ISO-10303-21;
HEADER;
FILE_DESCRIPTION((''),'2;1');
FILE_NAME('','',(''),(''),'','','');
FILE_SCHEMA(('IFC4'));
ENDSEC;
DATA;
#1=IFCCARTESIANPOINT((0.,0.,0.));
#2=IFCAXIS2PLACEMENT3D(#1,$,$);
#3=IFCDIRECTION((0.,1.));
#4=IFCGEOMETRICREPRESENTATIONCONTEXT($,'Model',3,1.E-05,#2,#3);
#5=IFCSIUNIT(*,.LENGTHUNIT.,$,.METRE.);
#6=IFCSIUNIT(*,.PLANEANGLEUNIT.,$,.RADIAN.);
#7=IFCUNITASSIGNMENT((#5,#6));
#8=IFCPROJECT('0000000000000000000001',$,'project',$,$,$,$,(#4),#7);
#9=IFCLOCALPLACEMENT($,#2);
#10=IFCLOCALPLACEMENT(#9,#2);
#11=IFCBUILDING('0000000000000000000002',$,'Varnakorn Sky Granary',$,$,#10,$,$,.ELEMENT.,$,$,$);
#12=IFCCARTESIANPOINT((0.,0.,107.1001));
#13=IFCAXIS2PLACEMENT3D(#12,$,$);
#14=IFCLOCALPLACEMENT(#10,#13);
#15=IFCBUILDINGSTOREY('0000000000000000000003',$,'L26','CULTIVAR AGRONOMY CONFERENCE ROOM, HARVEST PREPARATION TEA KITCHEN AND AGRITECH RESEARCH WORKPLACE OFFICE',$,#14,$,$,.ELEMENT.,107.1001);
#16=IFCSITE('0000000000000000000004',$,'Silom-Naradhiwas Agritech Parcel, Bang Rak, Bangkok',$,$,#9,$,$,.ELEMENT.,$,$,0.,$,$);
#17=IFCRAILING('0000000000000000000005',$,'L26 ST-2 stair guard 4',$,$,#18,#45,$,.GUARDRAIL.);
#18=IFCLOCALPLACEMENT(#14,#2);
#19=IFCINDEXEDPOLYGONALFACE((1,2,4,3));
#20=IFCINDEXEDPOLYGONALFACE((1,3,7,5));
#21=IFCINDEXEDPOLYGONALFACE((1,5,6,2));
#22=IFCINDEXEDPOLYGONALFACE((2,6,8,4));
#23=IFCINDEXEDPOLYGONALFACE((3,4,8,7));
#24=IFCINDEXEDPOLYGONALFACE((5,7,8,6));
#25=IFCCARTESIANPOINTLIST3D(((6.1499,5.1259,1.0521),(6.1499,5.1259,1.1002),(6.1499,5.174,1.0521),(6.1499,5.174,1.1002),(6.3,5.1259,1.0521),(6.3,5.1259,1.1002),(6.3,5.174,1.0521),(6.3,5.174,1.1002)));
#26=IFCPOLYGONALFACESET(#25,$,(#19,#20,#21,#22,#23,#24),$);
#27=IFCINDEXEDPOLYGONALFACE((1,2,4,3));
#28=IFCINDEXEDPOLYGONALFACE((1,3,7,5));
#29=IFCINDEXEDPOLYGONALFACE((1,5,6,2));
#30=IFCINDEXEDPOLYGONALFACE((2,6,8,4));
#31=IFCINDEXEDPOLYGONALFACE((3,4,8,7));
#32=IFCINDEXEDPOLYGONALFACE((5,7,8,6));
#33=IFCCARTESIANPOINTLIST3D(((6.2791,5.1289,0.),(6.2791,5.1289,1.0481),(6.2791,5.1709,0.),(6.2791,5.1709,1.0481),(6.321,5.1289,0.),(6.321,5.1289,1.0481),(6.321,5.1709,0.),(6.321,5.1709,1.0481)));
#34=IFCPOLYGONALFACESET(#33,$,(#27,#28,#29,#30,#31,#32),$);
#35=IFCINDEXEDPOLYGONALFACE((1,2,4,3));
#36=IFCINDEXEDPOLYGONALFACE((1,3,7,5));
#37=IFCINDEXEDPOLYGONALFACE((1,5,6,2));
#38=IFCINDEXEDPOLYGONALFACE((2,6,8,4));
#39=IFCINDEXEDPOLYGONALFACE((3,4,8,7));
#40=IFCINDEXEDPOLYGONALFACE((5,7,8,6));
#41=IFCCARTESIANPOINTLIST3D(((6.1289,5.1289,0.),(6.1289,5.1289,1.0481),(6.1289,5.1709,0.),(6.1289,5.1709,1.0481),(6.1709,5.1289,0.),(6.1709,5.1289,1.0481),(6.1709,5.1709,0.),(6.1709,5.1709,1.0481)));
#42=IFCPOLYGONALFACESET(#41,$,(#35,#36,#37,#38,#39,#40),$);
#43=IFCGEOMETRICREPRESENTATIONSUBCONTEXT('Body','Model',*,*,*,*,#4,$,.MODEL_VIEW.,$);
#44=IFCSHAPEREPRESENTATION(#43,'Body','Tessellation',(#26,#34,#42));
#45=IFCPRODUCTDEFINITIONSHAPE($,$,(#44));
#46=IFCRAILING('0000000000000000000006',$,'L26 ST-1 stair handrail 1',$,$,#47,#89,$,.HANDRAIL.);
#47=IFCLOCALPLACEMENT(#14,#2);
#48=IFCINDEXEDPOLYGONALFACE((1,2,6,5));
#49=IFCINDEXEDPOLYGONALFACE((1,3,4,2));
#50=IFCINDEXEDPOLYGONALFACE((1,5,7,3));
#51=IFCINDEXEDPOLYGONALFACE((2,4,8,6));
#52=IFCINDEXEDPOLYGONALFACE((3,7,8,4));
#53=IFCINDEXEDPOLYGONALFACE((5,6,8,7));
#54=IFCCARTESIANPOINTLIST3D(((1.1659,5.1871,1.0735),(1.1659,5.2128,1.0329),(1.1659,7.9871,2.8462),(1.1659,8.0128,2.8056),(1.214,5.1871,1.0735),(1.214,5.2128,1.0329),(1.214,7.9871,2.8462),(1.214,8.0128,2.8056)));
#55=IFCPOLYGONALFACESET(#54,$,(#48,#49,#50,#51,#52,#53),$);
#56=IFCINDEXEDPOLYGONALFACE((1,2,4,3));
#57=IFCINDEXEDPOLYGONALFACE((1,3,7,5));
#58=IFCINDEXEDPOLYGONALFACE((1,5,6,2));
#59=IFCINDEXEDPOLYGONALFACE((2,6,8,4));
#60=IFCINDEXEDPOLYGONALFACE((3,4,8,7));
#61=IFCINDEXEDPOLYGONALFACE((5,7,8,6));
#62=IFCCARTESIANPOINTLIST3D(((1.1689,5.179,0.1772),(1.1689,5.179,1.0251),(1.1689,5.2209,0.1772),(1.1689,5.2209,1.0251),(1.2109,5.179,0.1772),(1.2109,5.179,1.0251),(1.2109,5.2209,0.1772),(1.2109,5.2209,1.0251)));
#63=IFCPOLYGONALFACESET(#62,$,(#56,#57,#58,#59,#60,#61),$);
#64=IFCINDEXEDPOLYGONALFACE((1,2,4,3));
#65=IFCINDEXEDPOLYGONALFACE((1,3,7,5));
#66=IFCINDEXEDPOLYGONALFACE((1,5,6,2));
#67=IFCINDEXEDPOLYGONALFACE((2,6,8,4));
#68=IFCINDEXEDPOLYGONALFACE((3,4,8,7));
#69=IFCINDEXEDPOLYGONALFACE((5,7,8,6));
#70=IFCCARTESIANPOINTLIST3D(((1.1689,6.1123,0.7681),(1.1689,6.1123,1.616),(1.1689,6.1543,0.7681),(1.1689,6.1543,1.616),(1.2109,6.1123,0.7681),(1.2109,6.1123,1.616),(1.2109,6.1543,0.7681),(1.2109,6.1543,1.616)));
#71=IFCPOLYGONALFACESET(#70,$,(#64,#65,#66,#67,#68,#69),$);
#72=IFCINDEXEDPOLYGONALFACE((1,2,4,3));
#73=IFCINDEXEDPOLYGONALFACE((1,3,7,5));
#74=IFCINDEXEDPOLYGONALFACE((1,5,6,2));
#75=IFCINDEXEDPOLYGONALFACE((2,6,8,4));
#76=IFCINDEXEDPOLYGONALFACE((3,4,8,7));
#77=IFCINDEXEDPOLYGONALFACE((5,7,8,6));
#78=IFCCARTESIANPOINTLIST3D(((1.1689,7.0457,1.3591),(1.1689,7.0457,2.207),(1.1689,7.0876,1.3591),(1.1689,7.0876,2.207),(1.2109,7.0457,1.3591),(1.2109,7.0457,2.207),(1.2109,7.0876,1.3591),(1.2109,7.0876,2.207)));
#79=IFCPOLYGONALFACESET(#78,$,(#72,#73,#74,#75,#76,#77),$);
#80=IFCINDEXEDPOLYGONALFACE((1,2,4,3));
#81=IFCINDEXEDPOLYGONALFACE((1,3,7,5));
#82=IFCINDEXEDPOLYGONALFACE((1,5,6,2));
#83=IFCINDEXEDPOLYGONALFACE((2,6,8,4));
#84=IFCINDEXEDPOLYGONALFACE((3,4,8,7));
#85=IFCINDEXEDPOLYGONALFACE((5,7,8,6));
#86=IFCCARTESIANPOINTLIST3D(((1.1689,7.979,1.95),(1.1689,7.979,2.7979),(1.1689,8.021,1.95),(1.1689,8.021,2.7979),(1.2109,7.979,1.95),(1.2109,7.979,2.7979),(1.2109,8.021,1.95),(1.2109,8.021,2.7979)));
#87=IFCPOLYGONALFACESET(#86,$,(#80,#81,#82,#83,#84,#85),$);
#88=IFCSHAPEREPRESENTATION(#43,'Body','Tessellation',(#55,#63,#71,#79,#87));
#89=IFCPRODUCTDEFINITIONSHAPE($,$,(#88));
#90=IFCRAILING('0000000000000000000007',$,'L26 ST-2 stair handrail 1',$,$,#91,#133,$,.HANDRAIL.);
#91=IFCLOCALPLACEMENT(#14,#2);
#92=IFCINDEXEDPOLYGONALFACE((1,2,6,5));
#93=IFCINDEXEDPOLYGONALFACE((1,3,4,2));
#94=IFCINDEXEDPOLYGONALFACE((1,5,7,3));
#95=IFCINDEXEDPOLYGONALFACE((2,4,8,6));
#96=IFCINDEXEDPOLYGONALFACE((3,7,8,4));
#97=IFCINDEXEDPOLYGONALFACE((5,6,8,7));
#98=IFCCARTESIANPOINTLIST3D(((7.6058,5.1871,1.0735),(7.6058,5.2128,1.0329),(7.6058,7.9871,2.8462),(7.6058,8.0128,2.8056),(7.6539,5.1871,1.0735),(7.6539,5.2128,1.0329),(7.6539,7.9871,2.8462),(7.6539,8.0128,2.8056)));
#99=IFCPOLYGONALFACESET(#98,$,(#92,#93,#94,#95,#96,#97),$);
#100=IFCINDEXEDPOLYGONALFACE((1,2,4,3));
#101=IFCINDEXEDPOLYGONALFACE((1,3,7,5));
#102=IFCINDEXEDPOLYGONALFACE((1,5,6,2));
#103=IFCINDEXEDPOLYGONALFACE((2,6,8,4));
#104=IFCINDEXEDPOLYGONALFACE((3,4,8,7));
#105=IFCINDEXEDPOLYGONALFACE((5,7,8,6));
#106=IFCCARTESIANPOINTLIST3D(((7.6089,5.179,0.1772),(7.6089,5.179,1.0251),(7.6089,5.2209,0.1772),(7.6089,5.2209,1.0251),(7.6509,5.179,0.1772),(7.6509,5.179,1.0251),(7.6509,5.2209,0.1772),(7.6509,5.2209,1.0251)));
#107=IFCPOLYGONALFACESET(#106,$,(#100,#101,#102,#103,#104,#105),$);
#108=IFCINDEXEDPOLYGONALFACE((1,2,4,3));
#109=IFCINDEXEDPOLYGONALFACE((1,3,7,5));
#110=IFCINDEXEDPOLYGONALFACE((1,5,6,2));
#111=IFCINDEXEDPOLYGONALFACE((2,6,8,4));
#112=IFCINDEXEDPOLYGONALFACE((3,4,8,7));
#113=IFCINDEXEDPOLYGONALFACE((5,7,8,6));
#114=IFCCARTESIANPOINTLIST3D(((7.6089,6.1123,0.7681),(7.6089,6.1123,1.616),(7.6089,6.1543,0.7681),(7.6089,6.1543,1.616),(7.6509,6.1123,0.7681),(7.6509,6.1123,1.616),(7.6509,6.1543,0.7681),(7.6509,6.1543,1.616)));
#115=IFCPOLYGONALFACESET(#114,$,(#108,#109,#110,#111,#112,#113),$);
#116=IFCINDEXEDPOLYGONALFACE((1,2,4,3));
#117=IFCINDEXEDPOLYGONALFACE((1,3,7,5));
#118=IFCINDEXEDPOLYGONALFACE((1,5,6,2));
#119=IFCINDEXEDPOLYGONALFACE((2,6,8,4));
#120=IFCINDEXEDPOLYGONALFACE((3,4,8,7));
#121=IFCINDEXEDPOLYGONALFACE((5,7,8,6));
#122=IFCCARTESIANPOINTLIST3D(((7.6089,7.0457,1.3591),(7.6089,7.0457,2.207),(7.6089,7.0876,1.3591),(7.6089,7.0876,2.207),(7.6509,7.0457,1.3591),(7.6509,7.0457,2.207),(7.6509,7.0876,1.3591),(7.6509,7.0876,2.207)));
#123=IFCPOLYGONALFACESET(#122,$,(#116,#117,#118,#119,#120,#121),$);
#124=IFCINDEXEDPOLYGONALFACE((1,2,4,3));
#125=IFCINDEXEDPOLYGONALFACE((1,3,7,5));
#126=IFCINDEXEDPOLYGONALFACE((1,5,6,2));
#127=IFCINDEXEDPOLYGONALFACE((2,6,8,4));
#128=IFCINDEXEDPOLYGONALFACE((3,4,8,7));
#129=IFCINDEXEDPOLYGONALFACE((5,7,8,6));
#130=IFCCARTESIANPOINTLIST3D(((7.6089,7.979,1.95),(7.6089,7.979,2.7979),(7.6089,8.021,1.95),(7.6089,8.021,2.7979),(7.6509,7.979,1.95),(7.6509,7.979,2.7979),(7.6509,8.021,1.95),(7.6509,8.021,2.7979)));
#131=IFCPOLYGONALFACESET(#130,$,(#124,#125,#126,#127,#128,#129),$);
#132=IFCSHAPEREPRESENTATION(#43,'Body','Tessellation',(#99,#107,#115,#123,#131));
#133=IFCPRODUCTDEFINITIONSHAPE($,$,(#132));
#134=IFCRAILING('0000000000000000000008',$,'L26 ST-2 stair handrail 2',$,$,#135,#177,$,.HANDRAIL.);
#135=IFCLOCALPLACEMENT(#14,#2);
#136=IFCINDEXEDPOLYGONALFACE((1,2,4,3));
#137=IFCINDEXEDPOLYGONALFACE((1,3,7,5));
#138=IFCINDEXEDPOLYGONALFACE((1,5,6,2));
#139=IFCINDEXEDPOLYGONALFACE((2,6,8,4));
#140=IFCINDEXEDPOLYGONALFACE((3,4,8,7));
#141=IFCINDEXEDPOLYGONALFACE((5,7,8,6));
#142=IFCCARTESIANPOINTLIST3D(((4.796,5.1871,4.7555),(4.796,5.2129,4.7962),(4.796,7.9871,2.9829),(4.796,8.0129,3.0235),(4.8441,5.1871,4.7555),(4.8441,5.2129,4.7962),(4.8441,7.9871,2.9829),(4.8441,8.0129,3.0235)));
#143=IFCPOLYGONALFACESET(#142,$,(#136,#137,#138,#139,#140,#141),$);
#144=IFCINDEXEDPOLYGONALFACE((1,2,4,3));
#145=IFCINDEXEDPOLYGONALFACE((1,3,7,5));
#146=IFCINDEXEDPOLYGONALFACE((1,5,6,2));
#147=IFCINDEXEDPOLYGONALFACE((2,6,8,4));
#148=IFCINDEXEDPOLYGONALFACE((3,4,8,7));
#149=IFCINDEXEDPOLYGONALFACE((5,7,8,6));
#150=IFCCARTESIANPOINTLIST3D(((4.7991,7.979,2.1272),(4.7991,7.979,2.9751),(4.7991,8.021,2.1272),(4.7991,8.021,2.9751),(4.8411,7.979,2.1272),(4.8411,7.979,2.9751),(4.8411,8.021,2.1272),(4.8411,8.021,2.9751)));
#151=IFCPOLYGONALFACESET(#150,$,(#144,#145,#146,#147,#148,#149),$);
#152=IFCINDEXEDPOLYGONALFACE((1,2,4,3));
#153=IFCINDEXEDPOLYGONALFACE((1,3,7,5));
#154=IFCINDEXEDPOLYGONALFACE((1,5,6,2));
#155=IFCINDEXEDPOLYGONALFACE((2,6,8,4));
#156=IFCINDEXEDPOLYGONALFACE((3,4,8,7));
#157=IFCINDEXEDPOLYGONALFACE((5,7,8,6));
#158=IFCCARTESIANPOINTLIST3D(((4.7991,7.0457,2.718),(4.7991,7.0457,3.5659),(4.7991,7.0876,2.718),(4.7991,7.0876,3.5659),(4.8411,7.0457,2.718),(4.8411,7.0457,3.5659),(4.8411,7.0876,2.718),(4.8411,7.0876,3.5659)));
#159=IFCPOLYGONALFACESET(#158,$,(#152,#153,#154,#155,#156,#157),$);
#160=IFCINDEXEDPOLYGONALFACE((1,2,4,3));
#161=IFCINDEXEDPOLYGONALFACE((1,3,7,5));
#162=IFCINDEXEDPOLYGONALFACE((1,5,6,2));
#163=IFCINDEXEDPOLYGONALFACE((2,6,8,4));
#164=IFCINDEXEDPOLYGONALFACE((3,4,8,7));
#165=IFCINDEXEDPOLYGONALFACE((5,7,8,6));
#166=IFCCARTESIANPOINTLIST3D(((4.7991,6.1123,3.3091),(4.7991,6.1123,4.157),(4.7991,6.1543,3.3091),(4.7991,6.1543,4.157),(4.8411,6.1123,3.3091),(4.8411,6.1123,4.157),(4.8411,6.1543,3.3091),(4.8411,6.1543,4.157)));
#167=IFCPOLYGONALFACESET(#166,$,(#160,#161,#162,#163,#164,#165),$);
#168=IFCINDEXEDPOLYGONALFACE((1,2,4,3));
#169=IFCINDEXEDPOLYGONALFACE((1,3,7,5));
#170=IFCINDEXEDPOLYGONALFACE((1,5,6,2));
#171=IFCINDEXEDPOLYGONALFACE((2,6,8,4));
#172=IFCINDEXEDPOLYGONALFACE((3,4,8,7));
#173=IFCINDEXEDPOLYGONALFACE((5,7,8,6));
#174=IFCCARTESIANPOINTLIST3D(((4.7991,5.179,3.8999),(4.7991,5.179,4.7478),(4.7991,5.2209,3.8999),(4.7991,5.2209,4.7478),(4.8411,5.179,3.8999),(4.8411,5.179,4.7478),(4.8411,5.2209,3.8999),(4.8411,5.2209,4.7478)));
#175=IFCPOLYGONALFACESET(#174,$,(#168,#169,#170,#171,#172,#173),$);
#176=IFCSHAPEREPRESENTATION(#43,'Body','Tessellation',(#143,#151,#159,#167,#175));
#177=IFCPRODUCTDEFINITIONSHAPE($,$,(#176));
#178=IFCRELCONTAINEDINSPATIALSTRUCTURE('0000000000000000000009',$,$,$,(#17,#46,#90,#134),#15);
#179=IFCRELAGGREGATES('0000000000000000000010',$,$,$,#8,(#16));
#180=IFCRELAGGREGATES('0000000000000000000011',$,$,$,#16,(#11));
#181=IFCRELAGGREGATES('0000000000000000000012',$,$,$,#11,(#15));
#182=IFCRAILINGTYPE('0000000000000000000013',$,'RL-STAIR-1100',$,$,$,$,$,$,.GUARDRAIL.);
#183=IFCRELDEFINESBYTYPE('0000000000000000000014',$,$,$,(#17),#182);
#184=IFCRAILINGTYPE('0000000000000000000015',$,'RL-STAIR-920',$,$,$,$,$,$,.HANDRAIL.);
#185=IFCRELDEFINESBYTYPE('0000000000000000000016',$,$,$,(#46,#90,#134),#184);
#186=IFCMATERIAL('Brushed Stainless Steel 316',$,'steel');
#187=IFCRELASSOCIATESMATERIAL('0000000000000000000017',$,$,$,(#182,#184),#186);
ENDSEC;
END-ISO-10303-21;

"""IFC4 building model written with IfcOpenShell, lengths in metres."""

from ifc_helpers import new_model, si_unit, direction, frame, origin, origin_2d, place, context, subcontext, project, spatial, rectangle, extrude, material, type_object, element, save


model = new_model("IFC4")

# Units and contexts
model_context = context("Model", 3, precision=1e-05, world=origin(), true_north=direction((0.0, 1.0)))
body_context = subcontext(model_context, "Body", "Model", "MODEL_VIEW")
ifc_project = project(units=[si_unit("LENGTHUNIT", "METRE"), si_unit("PLANEANGLEUNIT", "RADIAN")], contexts=[model_context])

# Site, building, storey
site_placement = place(None, origin())
site = spatial("IfcSite", under=ifc_project, at=site_placement, Name="Silom-Naradhiwas Agritech Parcel, Bang Rak, Bangkok", CompositionType="ELEMENT", RefElevation=0.0)
building_placement = place(site_placement, origin())
building = spatial("IfcBuilding", under=site, at=building_placement, Name="Varnakorn Sky Granary", CompositionType="ELEMENT")
storey_placement = place(building_placement, frame((0.0, 0.0, 107.1001)))
storey = spatial("IfcBuildingStorey", under=building, at=storey_placement, Name="L26", Description="CULTIVAR AGRONOMY CONFERENCE ROOM, HARVEST PREPARATION TEA KITCHEN AND AGRITECH RESEARCH WORKPLACE OFFICE", CompositionType="ELEMENT", Elevation=107.1001)

# Railings
ifc_material_1 = material(Name="Brushed Stainless Steel 316", Category="steel")
railing_type_1 = type_object("IfcRailingType", Name="RL-STAIR-1100", PredefinedType="GUARDRAIL", material=ifc_material_1)
railing_1_placement = place(storey_placement, frame((6.3, 5.1499, 0.0)))
element("IfcRailing", 1, at=railing_1_placement, inside=storey, type_object=railing_type_1, Name="L26 ST-2 stair guard 4", PredefinedType="GUARDRAIL", context=body_context, shape_type="SweptSolid", body=[
    extrude(rectangle(XDim=0.0481, YDim=0.0481, at=origin_2d()), frame((0.0, 0.0, 1.0762), z_axis=(-1.0, 0.0, 0.0), x_axis=(0.0, -1.0, 0.0)), (0.0, 0.0, 1.0), 0.1501),
    extrude(rectangle(XDim=0.042, YDim=0.042, at=origin_2d()), origin(), (0.0, 0.0, 1.0), 1.0481),
    extrude(rectangle(XDim=0.042, YDim=0.042, at=origin_2d()), frame((-0.1501, 0.0, 0.0)), (0.0, 0.0, 1.0), 1.0481),
])
railing_type_2 = type_object("IfcRailingType", Name="RL-STAIR-920", PredefinedType="HANDRAIL", material=ifc_material_1)
for number, where, name in (
    (2, (1.1899, 5.2, 0.1772), "L26 ST-1 stair handrail 1"),
    (3, (7.6299, 5.2, 0.1772), "L26 ST-2 stair handrail 1"),
):
    element("IfcRailing", number, at=place(storey_placement, frame(where)), inside=storey, type_object=railing_type_2, Name=name, PredefinedType="HANDRAIL", context=body_context, shape_type="SweptSolid", body=[
        extrude(rectangle(XDim=0.0481, YDim=0.0481, at=origin_2d()), frame((0.0, 0.0, 0.876), z_axis=(0.0, 0.844909, 0.53491), x_axis=(-1.0, 0.0, 0.0)), (0.0, 0.0, 1.0), 3.314),
        extrude(rectangle(XDim=0.042, YDim=0.042, at=origin_2d()), origin(), (0.0, 0.0, 1.0), 0.8479),
        extrude(rectangle(XDim=0.042, YDim=0.042, at=origin_2d()), frame((0.0, 0.9333, 0.5908)), (0.0, 0.0, 1.0), 0.8479),
        extrude(rectangle(XDim=0.042, YDim=0.042, at=origin_2d()), frame((0.0, 1.8667, 1.1819)), (0.0, 0.0, 1.0), 0.8479),
        extrude(rectangle(XDim=0.042, YDim=0.042, at=origin_2d()), frame((0.0, 2.8, 1.7727)), (0.0, 0.0, 1.0), 0.8479),
    ])
railing_2_placement = place(storey_placement, frame((4.8201, 8.0, 2.1272)))
element("IfcRailing", 4, at=railing_2_placement, inside=storey, type_object=railing_type_2, Name="L26 ST-2 stair handrail 2", PredefinedType="HANDRAIL", context=body_context, shape_type="SweptSolid", body=[
    extrude(rectangle(XDim=0.0481, YDim=0.0481, at=origin_2d()), frame((0.0, 0.0, 0.876), z_axis=(0.0, -0.844909, 0.53491), x_axis=(1.0, 0.0, 0.0)), (0.0, 0.0, 1.0), 3.314),
    extrude(rectangle(XDim=0.042, YDim=0.042, at=origin_2d()), origin(), (0.0, 0.0, 1.0), 0.8479),
    extrude(rectangle(XDim=0.042, YDim=0.042, at=origin_2d()), frame((0.0, -0.9333, 0.5908)), (0.0, 0.0, 1.0), 0.8479),
    extrude(rectangle(XDim=0.042, YDim=0.042, at=origin_2d()), frame((0.0, -1.8667, 1.1819)), (0.0, 0.0, 1.0), 0.8479),
    extrude(rectangle(XDim=0.042, YDim=0.042, at=origin_2d()), frame((0.0, -2.8, 1.7727)), (0.0, 0.0, 1.0), 0.8479),
])

save(model, "model.ifc")
